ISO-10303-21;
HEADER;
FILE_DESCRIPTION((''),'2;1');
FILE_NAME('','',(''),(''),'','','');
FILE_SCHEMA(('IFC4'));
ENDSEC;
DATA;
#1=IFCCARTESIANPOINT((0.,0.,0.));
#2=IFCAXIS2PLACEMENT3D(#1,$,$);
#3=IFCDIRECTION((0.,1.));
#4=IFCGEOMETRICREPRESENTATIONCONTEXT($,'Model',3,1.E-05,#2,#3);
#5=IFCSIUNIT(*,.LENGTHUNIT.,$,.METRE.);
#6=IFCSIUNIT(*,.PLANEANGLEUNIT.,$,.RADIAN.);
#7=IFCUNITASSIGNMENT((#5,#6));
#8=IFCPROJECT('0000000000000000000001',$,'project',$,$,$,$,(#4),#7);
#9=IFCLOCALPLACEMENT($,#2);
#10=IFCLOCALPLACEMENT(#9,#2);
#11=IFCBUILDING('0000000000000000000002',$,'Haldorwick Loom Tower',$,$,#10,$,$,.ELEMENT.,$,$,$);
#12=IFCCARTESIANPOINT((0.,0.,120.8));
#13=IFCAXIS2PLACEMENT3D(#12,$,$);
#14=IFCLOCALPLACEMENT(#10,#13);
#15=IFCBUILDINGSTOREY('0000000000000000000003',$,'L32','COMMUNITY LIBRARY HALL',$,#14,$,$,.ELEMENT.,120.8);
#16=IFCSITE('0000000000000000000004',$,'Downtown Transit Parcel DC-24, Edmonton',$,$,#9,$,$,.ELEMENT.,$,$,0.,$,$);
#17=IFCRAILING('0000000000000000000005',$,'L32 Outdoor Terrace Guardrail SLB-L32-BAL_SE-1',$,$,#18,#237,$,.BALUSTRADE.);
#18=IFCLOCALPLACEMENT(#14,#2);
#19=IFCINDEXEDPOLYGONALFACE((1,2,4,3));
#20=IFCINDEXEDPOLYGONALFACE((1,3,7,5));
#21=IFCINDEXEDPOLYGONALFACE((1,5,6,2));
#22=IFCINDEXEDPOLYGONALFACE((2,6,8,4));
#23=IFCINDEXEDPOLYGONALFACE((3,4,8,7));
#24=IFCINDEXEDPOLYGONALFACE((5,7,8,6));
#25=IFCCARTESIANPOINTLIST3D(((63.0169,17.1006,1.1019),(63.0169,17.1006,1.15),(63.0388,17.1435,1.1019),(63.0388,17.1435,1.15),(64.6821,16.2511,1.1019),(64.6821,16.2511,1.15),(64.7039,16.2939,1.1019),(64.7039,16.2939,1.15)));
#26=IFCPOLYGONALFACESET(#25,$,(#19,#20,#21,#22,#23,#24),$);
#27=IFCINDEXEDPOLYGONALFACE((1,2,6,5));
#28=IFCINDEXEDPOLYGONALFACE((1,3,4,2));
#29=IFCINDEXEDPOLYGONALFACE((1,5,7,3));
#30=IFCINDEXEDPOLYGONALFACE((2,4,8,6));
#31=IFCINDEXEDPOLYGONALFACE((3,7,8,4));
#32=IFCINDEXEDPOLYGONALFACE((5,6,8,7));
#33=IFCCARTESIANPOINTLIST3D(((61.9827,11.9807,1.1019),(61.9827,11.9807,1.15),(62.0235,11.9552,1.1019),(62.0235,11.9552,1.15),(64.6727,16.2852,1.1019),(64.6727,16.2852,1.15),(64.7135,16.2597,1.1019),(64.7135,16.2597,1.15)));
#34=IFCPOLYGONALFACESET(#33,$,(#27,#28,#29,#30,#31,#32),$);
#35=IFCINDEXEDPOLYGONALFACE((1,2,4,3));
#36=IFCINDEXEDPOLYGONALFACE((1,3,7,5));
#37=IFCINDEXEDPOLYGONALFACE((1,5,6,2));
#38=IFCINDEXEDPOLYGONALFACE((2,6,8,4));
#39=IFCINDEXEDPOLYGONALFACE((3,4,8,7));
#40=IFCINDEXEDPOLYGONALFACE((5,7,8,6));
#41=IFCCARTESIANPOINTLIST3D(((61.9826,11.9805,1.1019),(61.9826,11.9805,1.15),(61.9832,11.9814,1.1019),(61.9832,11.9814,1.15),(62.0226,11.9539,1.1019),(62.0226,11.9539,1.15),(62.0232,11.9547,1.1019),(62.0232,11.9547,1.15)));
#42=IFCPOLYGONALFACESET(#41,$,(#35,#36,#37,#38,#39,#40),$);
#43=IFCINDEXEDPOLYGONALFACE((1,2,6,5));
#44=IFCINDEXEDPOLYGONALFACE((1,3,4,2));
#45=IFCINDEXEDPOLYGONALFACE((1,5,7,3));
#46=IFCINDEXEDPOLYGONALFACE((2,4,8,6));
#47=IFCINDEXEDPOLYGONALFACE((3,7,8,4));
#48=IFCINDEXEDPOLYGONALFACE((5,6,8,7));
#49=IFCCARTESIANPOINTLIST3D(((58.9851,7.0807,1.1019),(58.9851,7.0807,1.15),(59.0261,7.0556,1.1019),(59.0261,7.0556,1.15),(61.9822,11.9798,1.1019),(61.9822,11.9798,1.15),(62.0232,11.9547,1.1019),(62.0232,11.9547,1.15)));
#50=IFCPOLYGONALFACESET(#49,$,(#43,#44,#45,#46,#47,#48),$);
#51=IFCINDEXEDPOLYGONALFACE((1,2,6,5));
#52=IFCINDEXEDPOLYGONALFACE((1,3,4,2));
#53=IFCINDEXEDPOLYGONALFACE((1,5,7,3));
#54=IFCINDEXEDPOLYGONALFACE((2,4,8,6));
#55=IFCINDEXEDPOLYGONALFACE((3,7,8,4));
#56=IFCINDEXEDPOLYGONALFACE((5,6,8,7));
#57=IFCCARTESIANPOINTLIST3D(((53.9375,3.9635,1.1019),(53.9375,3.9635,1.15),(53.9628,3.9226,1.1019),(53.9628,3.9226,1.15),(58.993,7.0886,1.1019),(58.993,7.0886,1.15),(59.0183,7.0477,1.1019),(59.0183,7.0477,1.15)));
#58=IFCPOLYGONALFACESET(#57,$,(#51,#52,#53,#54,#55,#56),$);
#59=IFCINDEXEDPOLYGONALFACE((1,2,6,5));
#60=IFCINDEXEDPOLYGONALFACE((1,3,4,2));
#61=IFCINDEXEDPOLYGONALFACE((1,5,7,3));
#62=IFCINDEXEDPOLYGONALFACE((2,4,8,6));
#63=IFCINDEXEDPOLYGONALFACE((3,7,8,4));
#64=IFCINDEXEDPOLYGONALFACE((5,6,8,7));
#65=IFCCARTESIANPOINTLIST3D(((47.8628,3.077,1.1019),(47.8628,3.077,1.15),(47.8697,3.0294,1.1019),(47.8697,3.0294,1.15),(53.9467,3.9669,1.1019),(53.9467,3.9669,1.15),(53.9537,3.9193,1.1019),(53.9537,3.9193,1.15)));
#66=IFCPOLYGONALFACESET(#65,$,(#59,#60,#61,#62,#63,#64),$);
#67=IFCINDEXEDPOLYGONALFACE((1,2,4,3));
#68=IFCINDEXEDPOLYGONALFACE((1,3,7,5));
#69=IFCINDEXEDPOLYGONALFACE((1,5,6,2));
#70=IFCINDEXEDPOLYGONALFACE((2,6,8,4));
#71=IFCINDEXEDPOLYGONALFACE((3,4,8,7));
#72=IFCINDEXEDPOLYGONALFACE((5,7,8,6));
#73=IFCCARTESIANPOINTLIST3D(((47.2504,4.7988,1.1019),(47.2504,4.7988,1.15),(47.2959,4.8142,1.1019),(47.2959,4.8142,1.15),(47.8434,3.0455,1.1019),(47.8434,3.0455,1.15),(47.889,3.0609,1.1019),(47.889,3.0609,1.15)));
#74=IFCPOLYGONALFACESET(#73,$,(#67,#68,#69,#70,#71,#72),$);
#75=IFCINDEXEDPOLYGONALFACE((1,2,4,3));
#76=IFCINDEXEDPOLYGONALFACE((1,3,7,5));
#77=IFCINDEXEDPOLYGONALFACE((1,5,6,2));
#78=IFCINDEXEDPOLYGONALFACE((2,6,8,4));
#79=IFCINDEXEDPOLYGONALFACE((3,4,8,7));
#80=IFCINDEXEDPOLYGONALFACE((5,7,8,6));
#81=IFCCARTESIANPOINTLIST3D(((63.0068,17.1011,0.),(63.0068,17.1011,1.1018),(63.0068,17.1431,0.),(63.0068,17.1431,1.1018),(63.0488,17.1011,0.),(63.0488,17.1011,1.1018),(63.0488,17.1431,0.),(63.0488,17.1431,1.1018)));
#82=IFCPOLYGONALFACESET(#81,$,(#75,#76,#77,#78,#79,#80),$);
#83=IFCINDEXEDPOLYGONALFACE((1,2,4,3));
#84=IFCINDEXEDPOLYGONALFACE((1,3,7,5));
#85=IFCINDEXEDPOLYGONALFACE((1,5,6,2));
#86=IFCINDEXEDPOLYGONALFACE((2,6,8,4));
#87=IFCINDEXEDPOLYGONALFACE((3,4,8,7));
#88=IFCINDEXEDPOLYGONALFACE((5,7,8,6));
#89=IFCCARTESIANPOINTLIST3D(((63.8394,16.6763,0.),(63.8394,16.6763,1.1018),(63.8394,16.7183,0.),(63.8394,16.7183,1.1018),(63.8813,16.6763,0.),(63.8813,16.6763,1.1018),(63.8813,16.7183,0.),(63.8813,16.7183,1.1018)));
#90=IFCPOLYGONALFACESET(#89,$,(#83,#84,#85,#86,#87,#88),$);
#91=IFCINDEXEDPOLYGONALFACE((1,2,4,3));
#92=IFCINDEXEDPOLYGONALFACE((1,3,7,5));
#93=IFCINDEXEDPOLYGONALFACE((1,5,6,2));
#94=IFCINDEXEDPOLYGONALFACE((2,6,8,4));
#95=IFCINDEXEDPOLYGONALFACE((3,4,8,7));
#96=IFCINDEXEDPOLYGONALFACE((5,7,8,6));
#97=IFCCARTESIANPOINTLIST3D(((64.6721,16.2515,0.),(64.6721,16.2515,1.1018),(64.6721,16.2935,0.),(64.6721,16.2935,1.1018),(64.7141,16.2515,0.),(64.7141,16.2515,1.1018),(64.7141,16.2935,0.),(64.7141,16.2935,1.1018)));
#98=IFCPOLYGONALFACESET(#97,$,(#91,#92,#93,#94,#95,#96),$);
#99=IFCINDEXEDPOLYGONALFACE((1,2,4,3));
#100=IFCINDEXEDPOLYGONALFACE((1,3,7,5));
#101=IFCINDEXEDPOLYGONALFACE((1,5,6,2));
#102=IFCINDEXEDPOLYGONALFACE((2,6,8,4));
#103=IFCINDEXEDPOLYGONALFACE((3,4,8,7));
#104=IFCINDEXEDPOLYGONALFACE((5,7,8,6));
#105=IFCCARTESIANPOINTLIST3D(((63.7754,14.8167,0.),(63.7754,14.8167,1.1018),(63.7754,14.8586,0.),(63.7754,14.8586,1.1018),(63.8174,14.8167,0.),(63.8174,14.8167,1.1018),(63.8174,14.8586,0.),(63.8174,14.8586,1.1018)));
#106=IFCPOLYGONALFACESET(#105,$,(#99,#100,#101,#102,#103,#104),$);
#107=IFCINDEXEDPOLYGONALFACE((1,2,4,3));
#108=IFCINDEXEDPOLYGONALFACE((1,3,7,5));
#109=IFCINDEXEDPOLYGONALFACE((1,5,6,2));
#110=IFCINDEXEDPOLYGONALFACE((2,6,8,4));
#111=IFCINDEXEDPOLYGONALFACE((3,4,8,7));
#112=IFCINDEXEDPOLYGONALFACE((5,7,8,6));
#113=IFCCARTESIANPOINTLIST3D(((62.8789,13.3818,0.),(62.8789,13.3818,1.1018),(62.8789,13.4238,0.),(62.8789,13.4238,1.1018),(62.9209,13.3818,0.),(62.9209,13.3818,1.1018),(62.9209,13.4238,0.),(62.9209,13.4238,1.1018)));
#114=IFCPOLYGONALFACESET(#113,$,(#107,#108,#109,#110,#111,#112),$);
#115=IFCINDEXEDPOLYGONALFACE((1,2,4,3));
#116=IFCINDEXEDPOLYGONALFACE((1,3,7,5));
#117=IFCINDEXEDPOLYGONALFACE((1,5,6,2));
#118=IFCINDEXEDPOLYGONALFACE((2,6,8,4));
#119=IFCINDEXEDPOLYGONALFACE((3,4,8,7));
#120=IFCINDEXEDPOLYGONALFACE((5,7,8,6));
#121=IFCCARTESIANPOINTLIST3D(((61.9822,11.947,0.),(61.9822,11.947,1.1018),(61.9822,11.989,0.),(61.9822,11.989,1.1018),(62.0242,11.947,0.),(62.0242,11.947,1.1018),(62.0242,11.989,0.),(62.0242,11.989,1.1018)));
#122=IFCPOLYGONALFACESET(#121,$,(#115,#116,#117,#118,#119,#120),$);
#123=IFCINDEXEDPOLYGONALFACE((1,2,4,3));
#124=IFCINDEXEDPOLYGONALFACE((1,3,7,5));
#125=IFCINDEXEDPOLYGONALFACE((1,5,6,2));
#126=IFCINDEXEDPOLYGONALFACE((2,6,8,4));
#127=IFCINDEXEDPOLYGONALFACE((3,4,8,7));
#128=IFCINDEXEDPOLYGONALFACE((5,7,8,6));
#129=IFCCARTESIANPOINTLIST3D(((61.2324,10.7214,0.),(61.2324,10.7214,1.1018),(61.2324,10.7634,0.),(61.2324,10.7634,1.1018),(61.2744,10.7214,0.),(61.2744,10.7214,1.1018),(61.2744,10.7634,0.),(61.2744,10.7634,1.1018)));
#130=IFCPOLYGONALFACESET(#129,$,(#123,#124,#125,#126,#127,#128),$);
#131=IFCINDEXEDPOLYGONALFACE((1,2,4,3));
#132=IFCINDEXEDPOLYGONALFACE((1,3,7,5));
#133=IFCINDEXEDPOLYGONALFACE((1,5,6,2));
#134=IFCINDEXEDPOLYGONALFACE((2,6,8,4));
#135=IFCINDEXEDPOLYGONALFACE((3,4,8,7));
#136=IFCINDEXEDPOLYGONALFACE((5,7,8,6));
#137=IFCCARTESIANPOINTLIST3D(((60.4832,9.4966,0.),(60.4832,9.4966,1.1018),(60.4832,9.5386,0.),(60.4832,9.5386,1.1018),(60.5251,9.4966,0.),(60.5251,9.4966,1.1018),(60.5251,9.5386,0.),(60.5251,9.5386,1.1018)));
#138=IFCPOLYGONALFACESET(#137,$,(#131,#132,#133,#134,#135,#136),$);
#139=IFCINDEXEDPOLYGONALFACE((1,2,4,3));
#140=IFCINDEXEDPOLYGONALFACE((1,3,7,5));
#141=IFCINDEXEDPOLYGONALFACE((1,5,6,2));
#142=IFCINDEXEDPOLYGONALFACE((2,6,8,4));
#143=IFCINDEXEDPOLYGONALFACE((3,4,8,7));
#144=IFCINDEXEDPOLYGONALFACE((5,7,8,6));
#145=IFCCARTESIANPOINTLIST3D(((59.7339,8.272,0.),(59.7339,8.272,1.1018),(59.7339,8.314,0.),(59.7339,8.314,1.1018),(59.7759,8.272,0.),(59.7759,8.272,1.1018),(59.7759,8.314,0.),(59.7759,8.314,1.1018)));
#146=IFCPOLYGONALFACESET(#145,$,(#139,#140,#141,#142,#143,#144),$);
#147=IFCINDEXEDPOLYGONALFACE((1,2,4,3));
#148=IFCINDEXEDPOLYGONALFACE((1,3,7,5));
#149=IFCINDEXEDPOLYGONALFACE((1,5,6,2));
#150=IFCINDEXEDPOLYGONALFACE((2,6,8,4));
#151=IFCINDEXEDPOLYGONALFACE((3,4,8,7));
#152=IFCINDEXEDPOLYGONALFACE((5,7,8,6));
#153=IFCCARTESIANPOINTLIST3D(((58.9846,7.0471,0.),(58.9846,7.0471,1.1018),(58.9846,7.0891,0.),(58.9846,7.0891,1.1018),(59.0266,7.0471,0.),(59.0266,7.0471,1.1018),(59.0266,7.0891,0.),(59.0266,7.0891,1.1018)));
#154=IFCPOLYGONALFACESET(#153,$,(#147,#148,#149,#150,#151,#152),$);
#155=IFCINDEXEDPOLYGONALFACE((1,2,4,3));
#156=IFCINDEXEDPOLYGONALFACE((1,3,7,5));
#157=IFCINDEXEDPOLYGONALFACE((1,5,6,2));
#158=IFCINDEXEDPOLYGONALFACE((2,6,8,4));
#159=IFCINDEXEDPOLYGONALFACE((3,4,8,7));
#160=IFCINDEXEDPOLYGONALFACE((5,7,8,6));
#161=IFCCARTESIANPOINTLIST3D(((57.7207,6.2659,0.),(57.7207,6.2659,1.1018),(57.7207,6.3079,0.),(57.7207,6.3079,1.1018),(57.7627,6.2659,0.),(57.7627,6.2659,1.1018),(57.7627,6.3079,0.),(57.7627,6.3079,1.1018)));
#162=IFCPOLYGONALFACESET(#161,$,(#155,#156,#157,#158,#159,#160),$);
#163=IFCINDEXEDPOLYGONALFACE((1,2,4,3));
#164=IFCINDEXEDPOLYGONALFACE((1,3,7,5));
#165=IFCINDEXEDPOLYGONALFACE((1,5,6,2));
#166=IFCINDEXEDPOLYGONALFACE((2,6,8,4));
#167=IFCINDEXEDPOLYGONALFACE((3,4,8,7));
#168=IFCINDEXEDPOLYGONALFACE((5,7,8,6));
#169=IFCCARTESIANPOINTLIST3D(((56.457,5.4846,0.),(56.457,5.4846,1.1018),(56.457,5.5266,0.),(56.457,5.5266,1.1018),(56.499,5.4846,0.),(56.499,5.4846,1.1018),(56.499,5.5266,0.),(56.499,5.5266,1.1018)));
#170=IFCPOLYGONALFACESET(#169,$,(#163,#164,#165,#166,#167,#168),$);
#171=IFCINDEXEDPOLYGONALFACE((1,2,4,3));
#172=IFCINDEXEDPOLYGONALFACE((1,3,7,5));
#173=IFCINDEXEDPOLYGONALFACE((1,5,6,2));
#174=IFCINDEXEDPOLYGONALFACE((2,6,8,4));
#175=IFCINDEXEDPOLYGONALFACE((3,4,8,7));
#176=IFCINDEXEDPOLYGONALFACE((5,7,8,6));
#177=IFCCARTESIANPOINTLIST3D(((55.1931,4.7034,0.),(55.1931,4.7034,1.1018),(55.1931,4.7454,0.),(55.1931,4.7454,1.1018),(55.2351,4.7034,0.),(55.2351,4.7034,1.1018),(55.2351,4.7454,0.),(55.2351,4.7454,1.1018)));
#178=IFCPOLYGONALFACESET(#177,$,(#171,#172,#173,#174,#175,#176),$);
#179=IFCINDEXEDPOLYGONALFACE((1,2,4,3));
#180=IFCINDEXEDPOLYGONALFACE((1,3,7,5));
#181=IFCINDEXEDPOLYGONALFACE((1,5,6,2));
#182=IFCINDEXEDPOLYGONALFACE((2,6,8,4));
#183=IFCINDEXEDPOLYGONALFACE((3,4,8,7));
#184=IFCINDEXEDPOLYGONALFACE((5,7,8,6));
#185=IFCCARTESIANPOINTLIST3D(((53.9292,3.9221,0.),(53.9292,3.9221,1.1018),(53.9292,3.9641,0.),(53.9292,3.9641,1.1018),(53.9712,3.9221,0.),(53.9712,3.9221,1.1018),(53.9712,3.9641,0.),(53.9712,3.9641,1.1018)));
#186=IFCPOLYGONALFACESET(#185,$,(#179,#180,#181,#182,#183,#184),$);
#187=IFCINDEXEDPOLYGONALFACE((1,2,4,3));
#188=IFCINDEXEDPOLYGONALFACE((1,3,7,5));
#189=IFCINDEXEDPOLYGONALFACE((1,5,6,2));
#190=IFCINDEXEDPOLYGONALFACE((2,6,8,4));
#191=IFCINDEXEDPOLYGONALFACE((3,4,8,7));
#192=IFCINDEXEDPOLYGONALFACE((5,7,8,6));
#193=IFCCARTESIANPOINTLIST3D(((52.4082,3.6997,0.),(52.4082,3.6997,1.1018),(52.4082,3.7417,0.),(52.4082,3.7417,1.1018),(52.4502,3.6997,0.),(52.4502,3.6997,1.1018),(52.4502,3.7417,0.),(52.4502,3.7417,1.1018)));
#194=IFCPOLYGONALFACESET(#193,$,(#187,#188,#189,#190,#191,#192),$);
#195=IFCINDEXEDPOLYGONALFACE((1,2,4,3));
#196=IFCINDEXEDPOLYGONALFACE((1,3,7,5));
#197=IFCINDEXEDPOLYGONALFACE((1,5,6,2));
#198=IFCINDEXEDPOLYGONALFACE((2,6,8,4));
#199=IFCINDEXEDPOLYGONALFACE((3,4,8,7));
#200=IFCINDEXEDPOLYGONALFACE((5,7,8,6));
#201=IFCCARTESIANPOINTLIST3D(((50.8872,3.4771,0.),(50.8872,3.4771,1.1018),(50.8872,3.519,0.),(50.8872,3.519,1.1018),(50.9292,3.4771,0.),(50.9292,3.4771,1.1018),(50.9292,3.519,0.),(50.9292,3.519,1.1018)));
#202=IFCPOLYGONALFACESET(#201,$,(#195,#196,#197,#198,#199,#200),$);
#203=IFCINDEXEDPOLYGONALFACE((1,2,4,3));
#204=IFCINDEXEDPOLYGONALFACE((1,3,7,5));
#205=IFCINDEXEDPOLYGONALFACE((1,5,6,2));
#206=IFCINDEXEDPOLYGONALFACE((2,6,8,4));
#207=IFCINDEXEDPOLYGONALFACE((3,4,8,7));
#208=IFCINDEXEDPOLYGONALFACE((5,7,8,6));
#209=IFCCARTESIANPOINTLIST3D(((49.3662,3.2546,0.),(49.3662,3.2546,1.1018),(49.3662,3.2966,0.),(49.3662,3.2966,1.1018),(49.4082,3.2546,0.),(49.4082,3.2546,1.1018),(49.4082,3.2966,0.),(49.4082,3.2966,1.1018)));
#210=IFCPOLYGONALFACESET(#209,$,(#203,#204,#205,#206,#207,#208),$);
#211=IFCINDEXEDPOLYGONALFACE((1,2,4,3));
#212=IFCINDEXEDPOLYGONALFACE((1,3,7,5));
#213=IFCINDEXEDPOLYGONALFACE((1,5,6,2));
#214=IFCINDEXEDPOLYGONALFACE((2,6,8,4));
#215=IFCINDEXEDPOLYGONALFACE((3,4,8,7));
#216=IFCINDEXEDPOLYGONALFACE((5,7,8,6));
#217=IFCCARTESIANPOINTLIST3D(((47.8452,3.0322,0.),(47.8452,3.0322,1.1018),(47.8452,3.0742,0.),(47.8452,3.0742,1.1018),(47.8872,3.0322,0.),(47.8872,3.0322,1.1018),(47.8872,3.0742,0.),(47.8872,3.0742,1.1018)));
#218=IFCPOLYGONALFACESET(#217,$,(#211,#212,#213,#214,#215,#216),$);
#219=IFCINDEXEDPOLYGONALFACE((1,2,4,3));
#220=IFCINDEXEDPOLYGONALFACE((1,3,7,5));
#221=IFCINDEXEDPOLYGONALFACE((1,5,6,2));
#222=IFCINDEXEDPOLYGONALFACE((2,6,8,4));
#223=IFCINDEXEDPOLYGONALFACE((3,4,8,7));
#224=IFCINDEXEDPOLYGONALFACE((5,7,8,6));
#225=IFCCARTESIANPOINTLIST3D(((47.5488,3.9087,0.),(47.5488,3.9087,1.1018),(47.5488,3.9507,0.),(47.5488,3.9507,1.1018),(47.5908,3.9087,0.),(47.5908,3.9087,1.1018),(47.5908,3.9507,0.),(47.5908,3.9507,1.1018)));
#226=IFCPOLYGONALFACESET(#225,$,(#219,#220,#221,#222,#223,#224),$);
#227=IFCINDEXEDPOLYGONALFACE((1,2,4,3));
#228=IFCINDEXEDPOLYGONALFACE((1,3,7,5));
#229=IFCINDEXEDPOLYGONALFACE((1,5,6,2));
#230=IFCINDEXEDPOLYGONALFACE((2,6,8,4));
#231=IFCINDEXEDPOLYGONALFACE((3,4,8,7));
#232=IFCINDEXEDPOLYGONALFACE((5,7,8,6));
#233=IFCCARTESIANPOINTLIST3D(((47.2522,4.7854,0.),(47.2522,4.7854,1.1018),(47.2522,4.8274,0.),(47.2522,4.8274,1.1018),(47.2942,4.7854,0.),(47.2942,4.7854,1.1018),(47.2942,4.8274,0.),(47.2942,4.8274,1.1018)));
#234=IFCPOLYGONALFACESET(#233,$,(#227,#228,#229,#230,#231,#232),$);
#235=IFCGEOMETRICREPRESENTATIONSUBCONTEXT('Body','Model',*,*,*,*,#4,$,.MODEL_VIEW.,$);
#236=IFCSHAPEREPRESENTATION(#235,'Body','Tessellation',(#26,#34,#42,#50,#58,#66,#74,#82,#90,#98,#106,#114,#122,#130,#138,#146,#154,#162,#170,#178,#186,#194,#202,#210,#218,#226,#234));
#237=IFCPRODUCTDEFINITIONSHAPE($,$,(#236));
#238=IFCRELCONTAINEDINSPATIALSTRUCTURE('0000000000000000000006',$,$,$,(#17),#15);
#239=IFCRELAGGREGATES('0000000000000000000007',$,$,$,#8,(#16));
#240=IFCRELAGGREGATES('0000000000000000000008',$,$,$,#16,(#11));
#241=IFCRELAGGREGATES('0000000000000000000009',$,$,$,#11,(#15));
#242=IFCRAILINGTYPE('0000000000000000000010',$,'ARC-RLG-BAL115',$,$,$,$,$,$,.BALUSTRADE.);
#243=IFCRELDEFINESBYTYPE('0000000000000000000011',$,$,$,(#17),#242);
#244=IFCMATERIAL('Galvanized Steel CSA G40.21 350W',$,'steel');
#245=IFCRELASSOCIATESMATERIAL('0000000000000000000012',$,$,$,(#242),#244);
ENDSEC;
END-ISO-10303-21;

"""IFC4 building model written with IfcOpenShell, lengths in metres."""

from ifc_helpers import new_model, si_unit, direction, frame, origin, origin_2d, place, context, subcontext, project, spatial, rectangle, extrude, material, type_object, element, save


model = new_model("IFC4")

# Units and contexts
model_context = context("Model", 3, precision=1e-05, world=origin(), true_north=direction((0.0, 1.0)))
body_context = subcontext(model_context, "Body", "Model", "MODEL_VIEW")
ifc_project = project(units=[si_unit("LENGTHUNIT", "METRE"), si_unit("PLANEANGLEUNIT", "RADIAN")], contexts=[model_context])

# Site, building, storey
site_placement = place(None, origin())
site = spatial("IfcSite", under=ifc_project, at=site_placement, Name="Downtown Transit Parcel DC-24, Edmonton", CompositionType="ELEMENT", RefElevation=0.0)
building_placement = place(site_placement, origin())
building = spatial("IfcBuilding", under=site, at=building_placement, Name="Haldorwick Loom Tower", CompositionType="ELEMENT")
storey_placement = place(building_placement, frame((0.0, 0.0, 120.8)))
storey = spatial("IfcBuildingStorey", under=building, at=storey_placement, Name="L32", Description="COMMUNITY LIBRARY HALL", CompositionType="ELEMENT", Elevation=120.8)

# Railing
ifc_material_1 = material(Name="Galvanized Steel CSA G40.21 350W", Category="steel")
railing_type = type_object("IfcRailingType", Name="ARC-RLG-BAL115", PredefinedType="BALUSTRADE", material=ifc_material_1)
railing_placement = place(storey_placement, frame((63.0278, 17.1221, 0.0)))
element("IfcRailing", 1, at=railing_placement, inside=storey, type_object=railing_type, Name="L32 Outdoor Terrace Guardrail SLB-L32-BAL_SE-1", PredefinedType="BALUSTRADE", context=body_context, shape_type="SweptSolid", body=[
    extrude(rectangle(XDim=0.0481, YDim=0.0481, at=origin_2d()), frame((0.0, 0.0, 1.126), z_axis=(0.890767, -0.45446, 0.0), x_axis=(0.45446, 0.890767, 0.0)), (0.0, 0.0, 1.0), 1.8694),
    extrude(rectangle(XDim=0.0481, YDim=0.0481, at=origin_2d()), frame((1.6653, -0.8496, 1.126), z_axis=(-0.529951, -0.848028, 0.0), x_axis=(0.848028, -0.529951, 0.0)), (0.0, 0.0, 1.0), 5.0759),
    extrude(rectangle(XDim=0.0481, YDim=0.0481, at=origin_2d()), frame((-1.0247, -5.1541, 1.126), z_axis=(-0.5547, -0.83205, 0.0), x_axis=(0.83205, -0.5547, 0.0)), (0.0, 0.0, 1.0), 0.001),
    extrude(rectangle(XDim=0.0481, YDim=0.0481, at=origin_2d()), frame((-1.0251, -5.1548, 1.126), z_axis=(-0.521847, -0.853039, 0.0), x_axis=(0.853039, -0.521847, 0.0)), (0.0, 0.0, 1.0), 5.7432),
    extrude(rectangle(XDim=0.0481, YDim=0.0481, at=origin_2d()), frame((-4.0222, -10.054, 1.126), z_axis=(-0.850607, -0.525802, 0.0), x_axis=(0.525802, -0.850607, 0.0)), (0.0, 0.0, 1.0), 5.9434),
    extrude(rectangle(XDim=0.0481, YDim=0.0481, at=origin_2d()), frame((-9.0776, -13.179, 1.126), z_axis=(-0.989471, -0.144728, 0.0), x_axis=(0.144728, -0.989471, 0.0)), (0.0, 0.0, 1.0), 6.1487),
    extrude(rectangle(XDim=0.0481, YDim=0.0481, at=origin_2d()), frame((-15.1616, -14.0688, 1.126), z_axis=(-0.32042, 0.947276, 0.0), x_axis=(-0.947276, -0.32042, 0.0)), (0.0, 0.0, 1.0), 1.8508),
    extrude(rectangle(XDim=0.042, YDim=0.042, at=origin_2d()), origin(), (0.0, 0.0, 1.0), 1.1018),
    extrude(rectangle(XDim=0.042, YDim=0.042, at=origin_2d()), frame((0.8325, -0.4248, 0.0)), (0.0, 0.0, 1.0), 1.1018),
    extrude(rectangle(XDim=0.042, YDim=0.042, at=origin_2d()), frame((1.6653, -0.8496, 0.0)), (0.0, 0.0, 1.0), 1.1018),
    extrude(rectangle(XDim=0.042, YDim=0.042, at=origin_2d()), frame((0.7686, -2.2844, 0.0)), (0.0, 0.0, 1.0), 1.1018),
    extrude(rectangle(XDim=0.042, YDim=0.042, at=origin_2d()), frame((-0.1279, -3.7192, 0.0)), (0.0, 0.0, 1.0), 1.1018),
    extrude(rectangle(XDim=0.042, YDim=0.042, at=origin_2d()), frame((-1.0247, -5.1541, 0.0)), (0.0, 0.0, 1.0), 1.1018),
    extrude(rectangle(XDim=0.042, YDim=0.042, at=origin_2d()), frame((-1.7744, -6.3796, 0.0)), (0.0, 0.0, 1.0), 1.1018),
    extrude(rectangle(XDim=0.042, YDim=0.042, at=origin_2d()), frame((-2.5237, -7.6045, 0.0)), (0.0, 0.0, 1.0), 1.1018),
    extrude(rectangle(XDim=0.042, YDim=0.042, at=origin_2d()), frame((-3.2729, -8.8291, 0.0)), (0.0, 0.0, 1.0), 1.1018),
    extrude(rectangle(XDim=0.042, YDim=0.042, at=origin_2d()), frame((-4.0222, -10.054, 0.0)), (0.0, 0.0, 1.0), 1.1018),
    extrude(rectangle(XDim=0.042, YDim=0.042, at=origin_2d()), frame((-5.2861, -10.8352, 0.0)), (0.0, 0.0, 1.0), 1.1018),
    extrude(rectangle(XDim=0.042, YDim=0.042, at=origin_2d()), frame((-6.5498, -11.6165, 0.0)), (0.0, 0.0, 1.0), 1.1018),
    extrude(rectangle(XDim=0.042, YDim=0.042, at=origin_2d()), frame((-7.8137, -12.3977, 0.0)), (0.0, 0.0, 1.0), 1.1018),
    extrude(rectangle(XDim=0.042, YDim=0.042, at=origin_2d()), frame((-9.0776, -13.179, 0.0)), (0.0, 0.0, 1.0), 1.1018),
    extrude(rectangle(XDim=0.042, YDim=0.042, at=origin_2d()), frame((-10.5986, -13.4014, 0.0)), (0.0, 0.0, 1.0), 1.1018),
    extrude(rectangle(XDim=0.042, YDim=0.042, at=origin_2d()), frame((-12.1196, -13.624, 0.0)), (0.0, 0.0, 1.0), 1.1018),
    extrude(rectangle(XDim=0.042, YDim=0.042, at=origin_2d()), frame((-13.6406, -13.8464, 0.0)), (0.0, 0.0, 1.0), 1.1018),
    extrude(rectangle(XDim=0.042, YDim=0.042, at=origin_2d()), frame((-15.1616, -14.0688, 0.0)), (0.0, 0.0, 1.0), 1.1018),
    extrude(rectangle(XDim=0.042, YDim=0.042, at=origin_2d()), frame((-15.458, -13.1924, 0.0)), (0.0, 0.0, 1.0), 1.1018),
    extrude(rectangle(XDim=0.042, YDim=0.042, at=origin_2d()), frame((-15.7546, -12.3157, 0.0)), (0.0, 0.0, 1.0), 1.1018),
])

save(model, "model.ifc")
